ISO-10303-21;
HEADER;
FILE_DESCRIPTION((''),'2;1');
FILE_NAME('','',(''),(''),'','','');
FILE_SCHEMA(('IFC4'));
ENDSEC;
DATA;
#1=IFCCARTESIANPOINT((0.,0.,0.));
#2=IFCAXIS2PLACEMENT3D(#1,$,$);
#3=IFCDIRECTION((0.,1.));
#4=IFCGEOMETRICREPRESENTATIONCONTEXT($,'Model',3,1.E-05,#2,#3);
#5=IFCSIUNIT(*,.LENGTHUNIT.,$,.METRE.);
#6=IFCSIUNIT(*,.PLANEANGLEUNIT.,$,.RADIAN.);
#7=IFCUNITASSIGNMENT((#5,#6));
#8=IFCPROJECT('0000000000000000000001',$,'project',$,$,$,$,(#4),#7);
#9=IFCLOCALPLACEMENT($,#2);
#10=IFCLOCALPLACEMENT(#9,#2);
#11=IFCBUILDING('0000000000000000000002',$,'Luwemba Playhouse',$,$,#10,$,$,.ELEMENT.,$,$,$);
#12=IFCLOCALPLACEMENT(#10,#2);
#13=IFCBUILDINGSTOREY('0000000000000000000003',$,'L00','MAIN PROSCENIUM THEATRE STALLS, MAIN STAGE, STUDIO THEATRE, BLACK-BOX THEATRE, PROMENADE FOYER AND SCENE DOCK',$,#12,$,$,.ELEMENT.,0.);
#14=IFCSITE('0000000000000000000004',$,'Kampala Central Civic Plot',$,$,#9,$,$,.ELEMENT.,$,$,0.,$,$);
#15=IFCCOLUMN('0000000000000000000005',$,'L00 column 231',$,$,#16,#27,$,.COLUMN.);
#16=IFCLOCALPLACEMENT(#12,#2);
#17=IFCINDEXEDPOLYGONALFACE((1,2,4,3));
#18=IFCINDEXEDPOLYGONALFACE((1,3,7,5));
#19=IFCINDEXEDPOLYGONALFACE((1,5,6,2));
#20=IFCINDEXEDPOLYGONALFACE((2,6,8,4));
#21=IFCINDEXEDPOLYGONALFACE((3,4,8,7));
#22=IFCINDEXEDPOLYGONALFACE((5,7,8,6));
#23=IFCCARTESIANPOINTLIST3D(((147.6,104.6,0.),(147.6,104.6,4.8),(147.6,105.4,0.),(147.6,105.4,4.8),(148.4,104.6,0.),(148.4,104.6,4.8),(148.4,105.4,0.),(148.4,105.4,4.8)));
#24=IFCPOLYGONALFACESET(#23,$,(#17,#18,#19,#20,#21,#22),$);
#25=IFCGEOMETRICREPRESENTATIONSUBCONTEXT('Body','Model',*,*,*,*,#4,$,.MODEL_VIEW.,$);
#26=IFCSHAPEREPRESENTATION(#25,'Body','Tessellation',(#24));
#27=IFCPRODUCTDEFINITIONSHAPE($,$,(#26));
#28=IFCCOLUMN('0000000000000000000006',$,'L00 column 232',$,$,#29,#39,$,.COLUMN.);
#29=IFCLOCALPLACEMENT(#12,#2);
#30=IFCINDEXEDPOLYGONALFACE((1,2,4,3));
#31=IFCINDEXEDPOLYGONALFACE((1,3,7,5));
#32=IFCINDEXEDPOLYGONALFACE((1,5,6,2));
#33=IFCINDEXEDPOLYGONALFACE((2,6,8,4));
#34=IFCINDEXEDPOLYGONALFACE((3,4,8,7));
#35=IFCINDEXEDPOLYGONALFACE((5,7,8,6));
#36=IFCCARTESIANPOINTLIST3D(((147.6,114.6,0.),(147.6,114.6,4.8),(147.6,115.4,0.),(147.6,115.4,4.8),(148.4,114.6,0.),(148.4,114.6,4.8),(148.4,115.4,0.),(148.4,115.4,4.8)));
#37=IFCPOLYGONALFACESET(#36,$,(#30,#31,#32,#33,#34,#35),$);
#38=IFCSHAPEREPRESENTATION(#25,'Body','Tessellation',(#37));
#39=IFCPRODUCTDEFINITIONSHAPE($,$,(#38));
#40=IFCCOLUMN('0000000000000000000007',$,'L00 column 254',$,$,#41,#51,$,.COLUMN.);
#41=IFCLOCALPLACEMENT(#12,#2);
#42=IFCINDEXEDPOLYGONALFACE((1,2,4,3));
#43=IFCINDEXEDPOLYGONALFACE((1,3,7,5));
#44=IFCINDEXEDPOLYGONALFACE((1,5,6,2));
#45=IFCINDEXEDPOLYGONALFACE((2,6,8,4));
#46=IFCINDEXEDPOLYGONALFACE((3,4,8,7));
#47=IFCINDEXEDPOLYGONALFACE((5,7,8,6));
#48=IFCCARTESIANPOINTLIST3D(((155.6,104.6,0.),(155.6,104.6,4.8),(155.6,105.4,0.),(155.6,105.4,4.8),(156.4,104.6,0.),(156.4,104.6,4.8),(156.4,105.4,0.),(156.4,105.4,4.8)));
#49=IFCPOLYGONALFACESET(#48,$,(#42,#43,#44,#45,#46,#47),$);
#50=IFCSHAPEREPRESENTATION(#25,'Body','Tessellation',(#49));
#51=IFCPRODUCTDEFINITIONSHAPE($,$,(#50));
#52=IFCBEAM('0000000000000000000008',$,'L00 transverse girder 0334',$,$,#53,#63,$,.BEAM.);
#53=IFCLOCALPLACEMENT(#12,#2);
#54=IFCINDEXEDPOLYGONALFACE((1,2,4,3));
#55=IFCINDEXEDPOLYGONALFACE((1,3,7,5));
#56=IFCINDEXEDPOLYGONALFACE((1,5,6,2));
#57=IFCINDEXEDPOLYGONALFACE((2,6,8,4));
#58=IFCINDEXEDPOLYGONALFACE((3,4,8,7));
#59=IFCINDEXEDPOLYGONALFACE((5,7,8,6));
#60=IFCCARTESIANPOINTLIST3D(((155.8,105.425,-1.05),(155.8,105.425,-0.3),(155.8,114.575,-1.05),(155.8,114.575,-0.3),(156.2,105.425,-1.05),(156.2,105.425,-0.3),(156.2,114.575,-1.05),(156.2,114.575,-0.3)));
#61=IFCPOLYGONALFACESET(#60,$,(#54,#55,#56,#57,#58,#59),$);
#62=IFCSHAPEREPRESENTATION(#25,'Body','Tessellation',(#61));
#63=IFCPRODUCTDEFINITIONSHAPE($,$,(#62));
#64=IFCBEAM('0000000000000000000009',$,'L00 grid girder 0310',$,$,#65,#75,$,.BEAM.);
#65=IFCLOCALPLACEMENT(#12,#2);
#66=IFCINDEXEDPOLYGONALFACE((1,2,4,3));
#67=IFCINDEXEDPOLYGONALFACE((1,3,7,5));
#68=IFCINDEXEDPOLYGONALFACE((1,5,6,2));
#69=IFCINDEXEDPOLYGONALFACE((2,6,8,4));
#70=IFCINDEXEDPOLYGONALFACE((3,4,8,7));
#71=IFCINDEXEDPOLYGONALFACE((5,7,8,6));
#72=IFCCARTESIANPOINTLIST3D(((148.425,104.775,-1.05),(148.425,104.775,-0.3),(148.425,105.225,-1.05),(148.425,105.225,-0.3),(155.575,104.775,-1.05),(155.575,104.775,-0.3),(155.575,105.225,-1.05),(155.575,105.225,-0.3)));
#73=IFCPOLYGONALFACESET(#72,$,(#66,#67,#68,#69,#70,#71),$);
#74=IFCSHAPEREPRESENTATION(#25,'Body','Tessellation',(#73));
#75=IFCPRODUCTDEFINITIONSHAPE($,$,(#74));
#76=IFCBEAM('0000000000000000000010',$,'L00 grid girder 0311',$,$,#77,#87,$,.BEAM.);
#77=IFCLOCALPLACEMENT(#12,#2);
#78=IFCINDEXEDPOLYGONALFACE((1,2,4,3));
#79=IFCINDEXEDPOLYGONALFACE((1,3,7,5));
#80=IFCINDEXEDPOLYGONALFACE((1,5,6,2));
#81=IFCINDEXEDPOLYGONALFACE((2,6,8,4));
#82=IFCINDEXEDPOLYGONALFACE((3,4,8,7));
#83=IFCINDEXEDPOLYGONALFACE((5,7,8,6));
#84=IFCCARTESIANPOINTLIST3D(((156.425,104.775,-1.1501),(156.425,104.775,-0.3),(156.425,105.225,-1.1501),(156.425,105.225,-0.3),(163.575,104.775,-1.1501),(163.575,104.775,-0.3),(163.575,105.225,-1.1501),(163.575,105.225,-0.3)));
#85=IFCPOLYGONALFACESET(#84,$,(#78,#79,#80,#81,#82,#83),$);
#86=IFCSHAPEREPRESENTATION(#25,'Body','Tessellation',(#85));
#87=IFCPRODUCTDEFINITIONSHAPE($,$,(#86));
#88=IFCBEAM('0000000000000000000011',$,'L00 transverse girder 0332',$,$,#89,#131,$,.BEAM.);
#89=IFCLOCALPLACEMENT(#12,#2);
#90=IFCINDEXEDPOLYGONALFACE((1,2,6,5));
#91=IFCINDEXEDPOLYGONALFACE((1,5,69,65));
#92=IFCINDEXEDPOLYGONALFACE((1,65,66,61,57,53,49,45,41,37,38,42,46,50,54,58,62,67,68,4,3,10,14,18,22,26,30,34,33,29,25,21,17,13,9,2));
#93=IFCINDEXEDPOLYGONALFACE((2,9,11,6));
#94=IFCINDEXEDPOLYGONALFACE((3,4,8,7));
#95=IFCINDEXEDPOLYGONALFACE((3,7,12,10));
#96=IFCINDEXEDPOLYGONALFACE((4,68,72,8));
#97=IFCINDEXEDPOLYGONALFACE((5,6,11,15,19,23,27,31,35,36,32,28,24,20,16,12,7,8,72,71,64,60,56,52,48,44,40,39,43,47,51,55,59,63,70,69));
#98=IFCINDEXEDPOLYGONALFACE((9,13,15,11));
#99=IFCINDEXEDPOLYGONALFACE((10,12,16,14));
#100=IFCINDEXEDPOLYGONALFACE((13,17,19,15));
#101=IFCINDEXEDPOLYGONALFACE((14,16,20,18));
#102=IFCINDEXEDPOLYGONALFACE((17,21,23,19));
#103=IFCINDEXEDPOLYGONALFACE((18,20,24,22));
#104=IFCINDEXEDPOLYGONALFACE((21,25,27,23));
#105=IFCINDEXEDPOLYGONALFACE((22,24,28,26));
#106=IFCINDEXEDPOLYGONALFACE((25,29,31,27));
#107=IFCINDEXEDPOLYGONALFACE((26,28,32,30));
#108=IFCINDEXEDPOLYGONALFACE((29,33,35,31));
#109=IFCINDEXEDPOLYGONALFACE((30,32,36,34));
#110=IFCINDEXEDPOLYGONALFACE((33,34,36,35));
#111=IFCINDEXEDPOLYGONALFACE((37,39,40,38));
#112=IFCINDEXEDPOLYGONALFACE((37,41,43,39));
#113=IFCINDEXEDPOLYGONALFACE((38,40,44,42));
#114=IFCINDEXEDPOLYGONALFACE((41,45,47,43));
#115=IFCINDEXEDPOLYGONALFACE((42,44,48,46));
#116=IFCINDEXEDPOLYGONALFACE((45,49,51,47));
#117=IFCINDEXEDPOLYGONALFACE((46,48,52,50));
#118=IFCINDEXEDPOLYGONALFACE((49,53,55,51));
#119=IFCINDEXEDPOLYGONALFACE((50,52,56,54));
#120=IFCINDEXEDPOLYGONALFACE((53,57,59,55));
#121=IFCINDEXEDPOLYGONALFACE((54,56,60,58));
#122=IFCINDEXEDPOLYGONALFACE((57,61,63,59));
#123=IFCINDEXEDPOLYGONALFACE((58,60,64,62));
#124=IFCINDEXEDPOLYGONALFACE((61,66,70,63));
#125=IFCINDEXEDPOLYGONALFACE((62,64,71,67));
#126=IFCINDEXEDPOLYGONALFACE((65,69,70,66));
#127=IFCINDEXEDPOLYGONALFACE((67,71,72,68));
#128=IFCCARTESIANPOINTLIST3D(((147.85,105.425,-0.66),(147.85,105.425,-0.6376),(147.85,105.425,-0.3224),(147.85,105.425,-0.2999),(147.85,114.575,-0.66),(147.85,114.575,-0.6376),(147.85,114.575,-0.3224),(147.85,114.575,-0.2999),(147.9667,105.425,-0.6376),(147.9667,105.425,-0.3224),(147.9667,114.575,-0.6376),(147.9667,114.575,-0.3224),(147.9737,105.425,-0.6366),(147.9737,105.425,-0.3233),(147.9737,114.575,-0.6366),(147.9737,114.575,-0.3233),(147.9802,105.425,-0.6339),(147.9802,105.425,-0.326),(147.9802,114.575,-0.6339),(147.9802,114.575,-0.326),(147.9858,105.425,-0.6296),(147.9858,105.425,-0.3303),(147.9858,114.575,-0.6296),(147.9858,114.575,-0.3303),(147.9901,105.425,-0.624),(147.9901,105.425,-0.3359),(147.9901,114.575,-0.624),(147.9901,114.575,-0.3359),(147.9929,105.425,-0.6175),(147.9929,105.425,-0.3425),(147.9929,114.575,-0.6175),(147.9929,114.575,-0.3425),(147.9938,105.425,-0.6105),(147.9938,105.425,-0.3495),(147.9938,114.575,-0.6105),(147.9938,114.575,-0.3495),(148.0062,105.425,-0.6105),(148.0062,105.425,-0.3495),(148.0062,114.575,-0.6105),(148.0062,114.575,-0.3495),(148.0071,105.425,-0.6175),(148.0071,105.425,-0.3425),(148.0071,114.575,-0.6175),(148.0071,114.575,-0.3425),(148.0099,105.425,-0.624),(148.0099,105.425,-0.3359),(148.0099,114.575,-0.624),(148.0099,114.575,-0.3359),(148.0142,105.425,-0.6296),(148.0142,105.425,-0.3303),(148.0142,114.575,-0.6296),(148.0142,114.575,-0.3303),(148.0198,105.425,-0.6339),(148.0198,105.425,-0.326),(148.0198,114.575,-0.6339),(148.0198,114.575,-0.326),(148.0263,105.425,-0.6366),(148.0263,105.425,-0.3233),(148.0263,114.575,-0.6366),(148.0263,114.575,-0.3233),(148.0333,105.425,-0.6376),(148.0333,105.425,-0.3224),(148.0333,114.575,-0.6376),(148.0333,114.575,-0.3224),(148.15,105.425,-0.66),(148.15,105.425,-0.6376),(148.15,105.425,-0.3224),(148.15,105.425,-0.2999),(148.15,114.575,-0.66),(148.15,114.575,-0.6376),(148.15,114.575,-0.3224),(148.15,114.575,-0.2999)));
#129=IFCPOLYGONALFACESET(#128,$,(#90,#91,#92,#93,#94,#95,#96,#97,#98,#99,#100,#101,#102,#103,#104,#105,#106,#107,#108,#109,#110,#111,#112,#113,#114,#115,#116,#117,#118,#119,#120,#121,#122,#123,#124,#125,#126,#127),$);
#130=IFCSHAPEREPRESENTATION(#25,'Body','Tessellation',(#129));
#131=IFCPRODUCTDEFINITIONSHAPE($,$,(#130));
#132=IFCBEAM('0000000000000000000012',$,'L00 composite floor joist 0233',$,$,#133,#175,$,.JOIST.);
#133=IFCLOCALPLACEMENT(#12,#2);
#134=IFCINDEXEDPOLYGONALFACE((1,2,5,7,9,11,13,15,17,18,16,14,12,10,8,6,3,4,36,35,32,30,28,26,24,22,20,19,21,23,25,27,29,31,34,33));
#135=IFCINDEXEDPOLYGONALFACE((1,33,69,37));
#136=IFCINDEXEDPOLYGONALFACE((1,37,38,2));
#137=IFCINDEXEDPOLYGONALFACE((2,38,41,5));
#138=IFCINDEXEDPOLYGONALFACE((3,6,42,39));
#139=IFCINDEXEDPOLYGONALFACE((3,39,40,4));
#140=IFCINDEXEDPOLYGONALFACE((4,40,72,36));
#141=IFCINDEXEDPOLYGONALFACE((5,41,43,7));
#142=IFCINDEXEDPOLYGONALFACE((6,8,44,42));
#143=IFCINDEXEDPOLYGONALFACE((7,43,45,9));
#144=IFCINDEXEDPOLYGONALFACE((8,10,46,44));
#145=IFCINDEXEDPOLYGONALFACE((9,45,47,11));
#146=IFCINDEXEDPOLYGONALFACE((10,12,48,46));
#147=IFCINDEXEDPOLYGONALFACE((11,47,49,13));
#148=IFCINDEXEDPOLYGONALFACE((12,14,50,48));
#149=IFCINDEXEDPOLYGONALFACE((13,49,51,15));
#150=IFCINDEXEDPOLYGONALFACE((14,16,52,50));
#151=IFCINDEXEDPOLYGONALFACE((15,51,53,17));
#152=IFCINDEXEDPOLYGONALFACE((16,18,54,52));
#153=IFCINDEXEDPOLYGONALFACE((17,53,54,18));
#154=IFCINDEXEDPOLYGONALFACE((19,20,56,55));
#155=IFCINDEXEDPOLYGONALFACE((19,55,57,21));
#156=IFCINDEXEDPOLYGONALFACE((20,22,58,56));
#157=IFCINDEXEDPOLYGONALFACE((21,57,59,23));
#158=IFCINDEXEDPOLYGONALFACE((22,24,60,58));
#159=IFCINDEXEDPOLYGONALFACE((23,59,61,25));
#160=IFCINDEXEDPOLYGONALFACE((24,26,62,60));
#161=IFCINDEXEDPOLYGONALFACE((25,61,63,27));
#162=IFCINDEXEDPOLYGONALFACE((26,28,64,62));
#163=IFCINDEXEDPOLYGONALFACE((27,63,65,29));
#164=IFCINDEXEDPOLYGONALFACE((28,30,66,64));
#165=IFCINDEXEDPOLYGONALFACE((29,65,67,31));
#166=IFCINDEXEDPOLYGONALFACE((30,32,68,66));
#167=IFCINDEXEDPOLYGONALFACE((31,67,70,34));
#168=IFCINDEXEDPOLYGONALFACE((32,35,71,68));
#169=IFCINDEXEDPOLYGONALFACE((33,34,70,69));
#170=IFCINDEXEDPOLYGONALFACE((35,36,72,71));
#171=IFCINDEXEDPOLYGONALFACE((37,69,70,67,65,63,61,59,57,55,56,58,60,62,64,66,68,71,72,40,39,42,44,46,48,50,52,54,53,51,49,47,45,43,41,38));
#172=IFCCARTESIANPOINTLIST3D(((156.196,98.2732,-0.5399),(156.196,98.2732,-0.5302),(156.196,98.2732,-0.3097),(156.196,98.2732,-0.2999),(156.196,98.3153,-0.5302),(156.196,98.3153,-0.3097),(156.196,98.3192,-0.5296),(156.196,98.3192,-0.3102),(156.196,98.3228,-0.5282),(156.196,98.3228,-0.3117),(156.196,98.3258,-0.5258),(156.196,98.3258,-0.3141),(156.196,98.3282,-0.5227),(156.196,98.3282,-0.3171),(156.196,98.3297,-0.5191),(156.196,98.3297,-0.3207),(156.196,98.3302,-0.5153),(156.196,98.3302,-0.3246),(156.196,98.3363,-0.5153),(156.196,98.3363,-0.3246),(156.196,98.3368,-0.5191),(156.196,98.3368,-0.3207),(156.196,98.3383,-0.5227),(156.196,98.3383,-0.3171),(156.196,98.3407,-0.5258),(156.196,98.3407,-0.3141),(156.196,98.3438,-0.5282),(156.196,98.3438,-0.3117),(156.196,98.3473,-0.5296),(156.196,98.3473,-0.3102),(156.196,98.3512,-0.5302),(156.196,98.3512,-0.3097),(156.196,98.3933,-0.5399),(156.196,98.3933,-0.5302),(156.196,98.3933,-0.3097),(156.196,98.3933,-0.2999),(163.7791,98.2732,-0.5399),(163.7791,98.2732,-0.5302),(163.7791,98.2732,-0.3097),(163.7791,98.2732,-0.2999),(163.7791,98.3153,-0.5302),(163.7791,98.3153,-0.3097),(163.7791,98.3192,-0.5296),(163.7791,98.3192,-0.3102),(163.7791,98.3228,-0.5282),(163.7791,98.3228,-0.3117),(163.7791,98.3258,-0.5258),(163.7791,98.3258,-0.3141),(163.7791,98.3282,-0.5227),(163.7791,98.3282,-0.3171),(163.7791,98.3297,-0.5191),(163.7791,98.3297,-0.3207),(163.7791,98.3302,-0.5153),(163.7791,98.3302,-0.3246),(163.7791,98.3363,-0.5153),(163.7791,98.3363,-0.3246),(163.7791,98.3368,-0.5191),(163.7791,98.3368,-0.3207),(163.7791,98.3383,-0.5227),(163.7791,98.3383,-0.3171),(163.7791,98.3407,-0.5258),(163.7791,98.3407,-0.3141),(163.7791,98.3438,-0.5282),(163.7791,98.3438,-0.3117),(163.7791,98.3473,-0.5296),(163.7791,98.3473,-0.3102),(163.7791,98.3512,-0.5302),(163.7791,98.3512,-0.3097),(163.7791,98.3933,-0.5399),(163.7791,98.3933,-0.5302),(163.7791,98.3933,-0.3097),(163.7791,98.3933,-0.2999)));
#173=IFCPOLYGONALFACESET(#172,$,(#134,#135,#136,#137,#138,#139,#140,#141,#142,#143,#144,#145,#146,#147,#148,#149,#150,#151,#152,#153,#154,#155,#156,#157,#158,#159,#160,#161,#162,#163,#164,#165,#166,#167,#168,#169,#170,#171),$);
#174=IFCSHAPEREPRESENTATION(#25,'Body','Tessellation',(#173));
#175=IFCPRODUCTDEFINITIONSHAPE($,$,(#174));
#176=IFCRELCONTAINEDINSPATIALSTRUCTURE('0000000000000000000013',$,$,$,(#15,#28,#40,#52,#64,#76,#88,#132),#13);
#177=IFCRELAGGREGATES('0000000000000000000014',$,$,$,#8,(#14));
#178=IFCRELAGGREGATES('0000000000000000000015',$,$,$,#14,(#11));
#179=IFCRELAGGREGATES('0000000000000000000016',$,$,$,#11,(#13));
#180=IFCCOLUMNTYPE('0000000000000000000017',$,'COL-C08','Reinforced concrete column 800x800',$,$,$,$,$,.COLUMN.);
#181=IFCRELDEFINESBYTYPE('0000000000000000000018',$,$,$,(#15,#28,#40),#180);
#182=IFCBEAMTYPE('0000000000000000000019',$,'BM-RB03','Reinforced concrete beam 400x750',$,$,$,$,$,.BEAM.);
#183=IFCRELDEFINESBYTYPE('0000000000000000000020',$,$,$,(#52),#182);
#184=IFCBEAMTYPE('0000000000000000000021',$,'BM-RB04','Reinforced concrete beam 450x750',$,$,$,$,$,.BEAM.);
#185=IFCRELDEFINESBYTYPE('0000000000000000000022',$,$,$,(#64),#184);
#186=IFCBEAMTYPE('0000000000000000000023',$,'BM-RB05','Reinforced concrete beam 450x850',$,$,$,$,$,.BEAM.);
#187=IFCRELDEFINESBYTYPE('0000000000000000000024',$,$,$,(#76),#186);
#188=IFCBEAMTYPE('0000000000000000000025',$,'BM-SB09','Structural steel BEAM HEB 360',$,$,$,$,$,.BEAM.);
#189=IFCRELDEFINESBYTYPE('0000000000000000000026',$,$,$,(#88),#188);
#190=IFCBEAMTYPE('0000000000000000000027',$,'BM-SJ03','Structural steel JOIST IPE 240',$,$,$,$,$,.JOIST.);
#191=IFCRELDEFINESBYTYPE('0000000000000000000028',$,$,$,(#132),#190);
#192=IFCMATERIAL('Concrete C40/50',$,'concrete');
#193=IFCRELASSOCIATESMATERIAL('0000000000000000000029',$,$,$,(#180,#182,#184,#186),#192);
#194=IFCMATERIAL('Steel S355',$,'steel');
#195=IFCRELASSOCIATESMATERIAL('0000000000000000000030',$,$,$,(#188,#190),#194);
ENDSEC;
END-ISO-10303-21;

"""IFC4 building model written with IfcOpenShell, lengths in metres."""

from ifc_helpers import new_model, si_unit, direction, frame, origin, origin_2d, place, context, subcontext, project, spatial, rectangle, i_section, extrude, material, material_profile, profile_set, type_object, element, save


model = new_model("IFC4")

# Units and contexts
model_context = context("Model", 3, precision=1e-05, world=origin(), true_north=direction((0.0, 1.0)))
body_context = subcontext(model_context, "Body", "Model", "MODEL_VIEW")
ifc_project = project(units=[si_unit("LENGTHUNIT", "METRE"), si_unit("PLANEANGLEUNIT", "RADIAN")], contexts=[model_context])

# Site, building, storey
site_placement = place(None, origin())
site = spatial("IfcSite", under=ifc_project, at=site_placement, Name="Kampala Central Civic Plot", CompositionType="ELEMENT", RefElevation=0.0)
building_placement = place(site_placement, origin())
building = spatial("IfcBuilding", under=site, at=building_placement, Name="Luwemba Playhouse", CompositionType="ELEMENT")
storey_placement = place(building_placement, origin())
storey = spatial("IfcBuildingStorey", under=building, at=storey_placement, Name="L00", Description="MAIN PROSCENIUM THEATRE STALLS, MAIN STAGE, STUDIO THEATRE, BLACK-BOX THEATRE, PROMENADE FOYER AND SCENE DOCK", CompositionType="ELEMENT", Elevation=0.0)

# Columns
ifc_material_1 = material(Name="Concrete C40/50", Category="concrete")
ifc_material_profile_1 = material_profile(ifc_material_1, rectangle(XDim=0.8, YDim=0.8, at=origin_2d()))
ifc_profile_set_1 = profile_set([ifc_material_profile_1], Name="Concrete C40/50")
column_type = type_object("IfcColumnType", Name="COL-C08", Description="Reinforced concrete column 800x800", PredefinedType="COLUMN", material=ifc_profile_set_1)
for number, where, z_axis, x_axis, name in (
    (1, (148.0, 105.0, 0.0), (0.0, 0.0, 1.0), (1.0, 0.0, 0.0), "L00 column 231"),
    (2, (148.0, 115.0, 0.0), (0.0, 0.0, 1.0), (1.0, 0.0, 0.0), "L00 column 232"),
    (3, (156.0, 105.0, 0.0), (0.0, 0.0, 1.0), (1.0, 0.0, 0.0), "L00 column 254"),
):
    element("IfcColumn", number, at=place(storey_placement, frame(where, z_axis=z_axis, x_axis=x_axis)), inside=storey, type_object=column_type, Name=name, PredefinedType="COLUMN", context=body_context, shape_type="SweptSolid", body=[
        extrude(rectangle(XDim=0.8, YDim=0.8, at=origin_2d()), origin(), (0.0, 0.0, 1.0), 4.8),
    ])

# Beams
ifc_material_profile_2 = material_profile(ifc_material_1, rectangle(XDim=0.3999, YDim=0.75, at=origin_2d()))
ifc_profile_set_2 = profile_set([ifc_material_profile_2], Name="Concrete C40/50")
beam_type_1 = type_object("IfcBeamType", Name="BM-RB03", Description="Reinforced concrete beam 400x750", PredefinedType="BEAM", material=ifc_profile_set_2)
beam_1_placement = place(storey_placement, frame((156.0, 105.425, -0.675), z_axis=(0.0, 1.0, 0.0), x_axis=(-1.0, 0.0, 0.0)))
element("IfcBeam", 4, at=beam_1_placement, inside=storey, type_object=beam_type_1, Name="L00 transverse girder 0334", PredefinedType="BEAM", context=body_context, shape_type="SweptSolid", body=[
    extrude(rectangle(XDim=0.3999, YDim=0.75, at=origin_2d()), origin(), (0.0, 0.0, 1.0), 9.1499),
])
ifc_material_profile_3 = material_profile(ifc_material_1, rectangle(XDim=0.45, YDim=0.75, at=origin_2d()))
ifc_profile_set_3 = profile_set([ifc_material_profile_3], Name="Concrete C40/50")
beam_type_2 = type_object("IfcBeamType", Name="BM-RB04", Description="Reinforced concrete beam 450x750", PredefinedType="BEAM", material=ifc_profile_set_3)
beam_2_placement = place(storey_placement, frame((148.425, 105.0, -0.675), z_axis=(1.0, 0.0, 0.0), x_axis=(0.0, 1.0, 0.0)))
element("IfcBeam", 5, at=beam_2_placement, inside=storey, type_object=beam_type_2, Name="L00 grid girder 0310", PredefinedType="BEAM", context=body_context, shape_type="SweptSolid", body=[
    extrude(rectangle(XDim=0.45, YDim=0.75, at=origin_2d()), origin(), (0.0, 0.0, 1.0), 7.1499),
])
ifc_material_profile_4 = material_profile(ifc_material_1, rectangle(XDim=0.45, YDim=0.8501, at=origin_2d()))
ifc_profile_set_4 = profile_set([ifc_material_profile_4], Name="Concrete C40/50")
beam_type_3 = type_object("IfcBeamType", Name="BM-RB05", Description="Reinforced concrete beam 450x850", PredefinedType="BEAM", material=ifc_profile_set_4)
beam_3_placement = place(storey_placement, frame((156.425, 105.0, -0.7251), z_axis=(1.0, 0.0, 0.0), x_axis=(0.0, 1.0, 0.0)))
element("IfcBeam", 6, at=beam_3_placement, inside=storey, type_object=beam_type_3, Name="L00 grid girder 0311", PredefinedType="BEAM", context=body_context, shape_type="SweptSolid", body=[
    extrude(rectangle(XDim=0.45, YDim=0.8501, at=origin_2d()), origin(), (0.0, 0.0, 1.0), 7.1499),
])
ifc_material_2 = material(Name="Steel S355", Category="steel")
ifc_material_profile_5 = material_profile(ifc_material_2, i_section(OverallWidth=0.3, OverallDepth=0.3601, WebThickness=0.0125, FlangeThickness=0.0225, FilletRadius=0.0271, at=origin_2d()))
ifc_profile_set_5 = profile_set([ifc_material_profile_5], Name="Steel S355")
beam_type_4 = type_object("IfcBeamType", Name="BM-SB09", Description="Structural steel BEAM HEB 360", PredefinedType="BEAM", material=ifc_profile_set_5)
beam_4_placement = place(storey_placement, frame((148.0, 105.425, -0.48), z_axis=(0.0, 1.0, 0.0), x_axis=(-1.0, 0.0, 0.0)))
element("IfcBeam", 7, at=beam_4_placement, inside=storey, type_object=beam_type_4, Name="L00 transverse girder 0332", PredefinedType="BEAM", context=body_context, shape_type="SweptSolid", body=[
    extrude(i_section(OverallWidth=0.3, OverallDepth=0.3601, WebThickness=0.0125, FlangeThickness=0.0225, FilletRadius=0.0271, at=origin_2d()), origin(), (0.0, 0.0, 1.0), 9.1499),
])
ifc_material_profile_6 = material_profile(ifc_material_2, i_section(OverallWidth=0.1201, OverallDepth=0.24, WebThickness=0.0061, FlangeThickness=0.0098, FilletRadius=0.0149, at=origin_2d()))
ifc_profile_set_6 = profile_set([ifc_material_profile_6], Name="Steel S355")
beam_type_5 = type_object("IfcBeamType", Name="BM-SJ03", Description="Structural steel JOIST IPE 240", PredefinedType="JOIST", material=ifc_profile_set_6)
beam_5_placement = place(storey_placement, frame((156.196, 98.3333, -0.4199), z_axis=(1.0, 0.0, 0.0), x_axis=(0.0, 1.0, 0.0)))
element("IfcBeam", 8, at=beam_5_placement, inside=storey, type_object=beam_type_5, Name="L00 composite floor joist 0233", PredefinedType="JOIST", context=body_context, shape_type="SweptSolid", body=[
    extrude(i_section(OverallWidth=0.1201, OverallDepth=0.24, WebThickness=0.0061, FlangeThickness=0.0098, FilletRadius=0.0149, at=origin_2d()), origin(), (0.0, 0.0, 1.0), 7.583),
])

save(model, "model.ifc")
